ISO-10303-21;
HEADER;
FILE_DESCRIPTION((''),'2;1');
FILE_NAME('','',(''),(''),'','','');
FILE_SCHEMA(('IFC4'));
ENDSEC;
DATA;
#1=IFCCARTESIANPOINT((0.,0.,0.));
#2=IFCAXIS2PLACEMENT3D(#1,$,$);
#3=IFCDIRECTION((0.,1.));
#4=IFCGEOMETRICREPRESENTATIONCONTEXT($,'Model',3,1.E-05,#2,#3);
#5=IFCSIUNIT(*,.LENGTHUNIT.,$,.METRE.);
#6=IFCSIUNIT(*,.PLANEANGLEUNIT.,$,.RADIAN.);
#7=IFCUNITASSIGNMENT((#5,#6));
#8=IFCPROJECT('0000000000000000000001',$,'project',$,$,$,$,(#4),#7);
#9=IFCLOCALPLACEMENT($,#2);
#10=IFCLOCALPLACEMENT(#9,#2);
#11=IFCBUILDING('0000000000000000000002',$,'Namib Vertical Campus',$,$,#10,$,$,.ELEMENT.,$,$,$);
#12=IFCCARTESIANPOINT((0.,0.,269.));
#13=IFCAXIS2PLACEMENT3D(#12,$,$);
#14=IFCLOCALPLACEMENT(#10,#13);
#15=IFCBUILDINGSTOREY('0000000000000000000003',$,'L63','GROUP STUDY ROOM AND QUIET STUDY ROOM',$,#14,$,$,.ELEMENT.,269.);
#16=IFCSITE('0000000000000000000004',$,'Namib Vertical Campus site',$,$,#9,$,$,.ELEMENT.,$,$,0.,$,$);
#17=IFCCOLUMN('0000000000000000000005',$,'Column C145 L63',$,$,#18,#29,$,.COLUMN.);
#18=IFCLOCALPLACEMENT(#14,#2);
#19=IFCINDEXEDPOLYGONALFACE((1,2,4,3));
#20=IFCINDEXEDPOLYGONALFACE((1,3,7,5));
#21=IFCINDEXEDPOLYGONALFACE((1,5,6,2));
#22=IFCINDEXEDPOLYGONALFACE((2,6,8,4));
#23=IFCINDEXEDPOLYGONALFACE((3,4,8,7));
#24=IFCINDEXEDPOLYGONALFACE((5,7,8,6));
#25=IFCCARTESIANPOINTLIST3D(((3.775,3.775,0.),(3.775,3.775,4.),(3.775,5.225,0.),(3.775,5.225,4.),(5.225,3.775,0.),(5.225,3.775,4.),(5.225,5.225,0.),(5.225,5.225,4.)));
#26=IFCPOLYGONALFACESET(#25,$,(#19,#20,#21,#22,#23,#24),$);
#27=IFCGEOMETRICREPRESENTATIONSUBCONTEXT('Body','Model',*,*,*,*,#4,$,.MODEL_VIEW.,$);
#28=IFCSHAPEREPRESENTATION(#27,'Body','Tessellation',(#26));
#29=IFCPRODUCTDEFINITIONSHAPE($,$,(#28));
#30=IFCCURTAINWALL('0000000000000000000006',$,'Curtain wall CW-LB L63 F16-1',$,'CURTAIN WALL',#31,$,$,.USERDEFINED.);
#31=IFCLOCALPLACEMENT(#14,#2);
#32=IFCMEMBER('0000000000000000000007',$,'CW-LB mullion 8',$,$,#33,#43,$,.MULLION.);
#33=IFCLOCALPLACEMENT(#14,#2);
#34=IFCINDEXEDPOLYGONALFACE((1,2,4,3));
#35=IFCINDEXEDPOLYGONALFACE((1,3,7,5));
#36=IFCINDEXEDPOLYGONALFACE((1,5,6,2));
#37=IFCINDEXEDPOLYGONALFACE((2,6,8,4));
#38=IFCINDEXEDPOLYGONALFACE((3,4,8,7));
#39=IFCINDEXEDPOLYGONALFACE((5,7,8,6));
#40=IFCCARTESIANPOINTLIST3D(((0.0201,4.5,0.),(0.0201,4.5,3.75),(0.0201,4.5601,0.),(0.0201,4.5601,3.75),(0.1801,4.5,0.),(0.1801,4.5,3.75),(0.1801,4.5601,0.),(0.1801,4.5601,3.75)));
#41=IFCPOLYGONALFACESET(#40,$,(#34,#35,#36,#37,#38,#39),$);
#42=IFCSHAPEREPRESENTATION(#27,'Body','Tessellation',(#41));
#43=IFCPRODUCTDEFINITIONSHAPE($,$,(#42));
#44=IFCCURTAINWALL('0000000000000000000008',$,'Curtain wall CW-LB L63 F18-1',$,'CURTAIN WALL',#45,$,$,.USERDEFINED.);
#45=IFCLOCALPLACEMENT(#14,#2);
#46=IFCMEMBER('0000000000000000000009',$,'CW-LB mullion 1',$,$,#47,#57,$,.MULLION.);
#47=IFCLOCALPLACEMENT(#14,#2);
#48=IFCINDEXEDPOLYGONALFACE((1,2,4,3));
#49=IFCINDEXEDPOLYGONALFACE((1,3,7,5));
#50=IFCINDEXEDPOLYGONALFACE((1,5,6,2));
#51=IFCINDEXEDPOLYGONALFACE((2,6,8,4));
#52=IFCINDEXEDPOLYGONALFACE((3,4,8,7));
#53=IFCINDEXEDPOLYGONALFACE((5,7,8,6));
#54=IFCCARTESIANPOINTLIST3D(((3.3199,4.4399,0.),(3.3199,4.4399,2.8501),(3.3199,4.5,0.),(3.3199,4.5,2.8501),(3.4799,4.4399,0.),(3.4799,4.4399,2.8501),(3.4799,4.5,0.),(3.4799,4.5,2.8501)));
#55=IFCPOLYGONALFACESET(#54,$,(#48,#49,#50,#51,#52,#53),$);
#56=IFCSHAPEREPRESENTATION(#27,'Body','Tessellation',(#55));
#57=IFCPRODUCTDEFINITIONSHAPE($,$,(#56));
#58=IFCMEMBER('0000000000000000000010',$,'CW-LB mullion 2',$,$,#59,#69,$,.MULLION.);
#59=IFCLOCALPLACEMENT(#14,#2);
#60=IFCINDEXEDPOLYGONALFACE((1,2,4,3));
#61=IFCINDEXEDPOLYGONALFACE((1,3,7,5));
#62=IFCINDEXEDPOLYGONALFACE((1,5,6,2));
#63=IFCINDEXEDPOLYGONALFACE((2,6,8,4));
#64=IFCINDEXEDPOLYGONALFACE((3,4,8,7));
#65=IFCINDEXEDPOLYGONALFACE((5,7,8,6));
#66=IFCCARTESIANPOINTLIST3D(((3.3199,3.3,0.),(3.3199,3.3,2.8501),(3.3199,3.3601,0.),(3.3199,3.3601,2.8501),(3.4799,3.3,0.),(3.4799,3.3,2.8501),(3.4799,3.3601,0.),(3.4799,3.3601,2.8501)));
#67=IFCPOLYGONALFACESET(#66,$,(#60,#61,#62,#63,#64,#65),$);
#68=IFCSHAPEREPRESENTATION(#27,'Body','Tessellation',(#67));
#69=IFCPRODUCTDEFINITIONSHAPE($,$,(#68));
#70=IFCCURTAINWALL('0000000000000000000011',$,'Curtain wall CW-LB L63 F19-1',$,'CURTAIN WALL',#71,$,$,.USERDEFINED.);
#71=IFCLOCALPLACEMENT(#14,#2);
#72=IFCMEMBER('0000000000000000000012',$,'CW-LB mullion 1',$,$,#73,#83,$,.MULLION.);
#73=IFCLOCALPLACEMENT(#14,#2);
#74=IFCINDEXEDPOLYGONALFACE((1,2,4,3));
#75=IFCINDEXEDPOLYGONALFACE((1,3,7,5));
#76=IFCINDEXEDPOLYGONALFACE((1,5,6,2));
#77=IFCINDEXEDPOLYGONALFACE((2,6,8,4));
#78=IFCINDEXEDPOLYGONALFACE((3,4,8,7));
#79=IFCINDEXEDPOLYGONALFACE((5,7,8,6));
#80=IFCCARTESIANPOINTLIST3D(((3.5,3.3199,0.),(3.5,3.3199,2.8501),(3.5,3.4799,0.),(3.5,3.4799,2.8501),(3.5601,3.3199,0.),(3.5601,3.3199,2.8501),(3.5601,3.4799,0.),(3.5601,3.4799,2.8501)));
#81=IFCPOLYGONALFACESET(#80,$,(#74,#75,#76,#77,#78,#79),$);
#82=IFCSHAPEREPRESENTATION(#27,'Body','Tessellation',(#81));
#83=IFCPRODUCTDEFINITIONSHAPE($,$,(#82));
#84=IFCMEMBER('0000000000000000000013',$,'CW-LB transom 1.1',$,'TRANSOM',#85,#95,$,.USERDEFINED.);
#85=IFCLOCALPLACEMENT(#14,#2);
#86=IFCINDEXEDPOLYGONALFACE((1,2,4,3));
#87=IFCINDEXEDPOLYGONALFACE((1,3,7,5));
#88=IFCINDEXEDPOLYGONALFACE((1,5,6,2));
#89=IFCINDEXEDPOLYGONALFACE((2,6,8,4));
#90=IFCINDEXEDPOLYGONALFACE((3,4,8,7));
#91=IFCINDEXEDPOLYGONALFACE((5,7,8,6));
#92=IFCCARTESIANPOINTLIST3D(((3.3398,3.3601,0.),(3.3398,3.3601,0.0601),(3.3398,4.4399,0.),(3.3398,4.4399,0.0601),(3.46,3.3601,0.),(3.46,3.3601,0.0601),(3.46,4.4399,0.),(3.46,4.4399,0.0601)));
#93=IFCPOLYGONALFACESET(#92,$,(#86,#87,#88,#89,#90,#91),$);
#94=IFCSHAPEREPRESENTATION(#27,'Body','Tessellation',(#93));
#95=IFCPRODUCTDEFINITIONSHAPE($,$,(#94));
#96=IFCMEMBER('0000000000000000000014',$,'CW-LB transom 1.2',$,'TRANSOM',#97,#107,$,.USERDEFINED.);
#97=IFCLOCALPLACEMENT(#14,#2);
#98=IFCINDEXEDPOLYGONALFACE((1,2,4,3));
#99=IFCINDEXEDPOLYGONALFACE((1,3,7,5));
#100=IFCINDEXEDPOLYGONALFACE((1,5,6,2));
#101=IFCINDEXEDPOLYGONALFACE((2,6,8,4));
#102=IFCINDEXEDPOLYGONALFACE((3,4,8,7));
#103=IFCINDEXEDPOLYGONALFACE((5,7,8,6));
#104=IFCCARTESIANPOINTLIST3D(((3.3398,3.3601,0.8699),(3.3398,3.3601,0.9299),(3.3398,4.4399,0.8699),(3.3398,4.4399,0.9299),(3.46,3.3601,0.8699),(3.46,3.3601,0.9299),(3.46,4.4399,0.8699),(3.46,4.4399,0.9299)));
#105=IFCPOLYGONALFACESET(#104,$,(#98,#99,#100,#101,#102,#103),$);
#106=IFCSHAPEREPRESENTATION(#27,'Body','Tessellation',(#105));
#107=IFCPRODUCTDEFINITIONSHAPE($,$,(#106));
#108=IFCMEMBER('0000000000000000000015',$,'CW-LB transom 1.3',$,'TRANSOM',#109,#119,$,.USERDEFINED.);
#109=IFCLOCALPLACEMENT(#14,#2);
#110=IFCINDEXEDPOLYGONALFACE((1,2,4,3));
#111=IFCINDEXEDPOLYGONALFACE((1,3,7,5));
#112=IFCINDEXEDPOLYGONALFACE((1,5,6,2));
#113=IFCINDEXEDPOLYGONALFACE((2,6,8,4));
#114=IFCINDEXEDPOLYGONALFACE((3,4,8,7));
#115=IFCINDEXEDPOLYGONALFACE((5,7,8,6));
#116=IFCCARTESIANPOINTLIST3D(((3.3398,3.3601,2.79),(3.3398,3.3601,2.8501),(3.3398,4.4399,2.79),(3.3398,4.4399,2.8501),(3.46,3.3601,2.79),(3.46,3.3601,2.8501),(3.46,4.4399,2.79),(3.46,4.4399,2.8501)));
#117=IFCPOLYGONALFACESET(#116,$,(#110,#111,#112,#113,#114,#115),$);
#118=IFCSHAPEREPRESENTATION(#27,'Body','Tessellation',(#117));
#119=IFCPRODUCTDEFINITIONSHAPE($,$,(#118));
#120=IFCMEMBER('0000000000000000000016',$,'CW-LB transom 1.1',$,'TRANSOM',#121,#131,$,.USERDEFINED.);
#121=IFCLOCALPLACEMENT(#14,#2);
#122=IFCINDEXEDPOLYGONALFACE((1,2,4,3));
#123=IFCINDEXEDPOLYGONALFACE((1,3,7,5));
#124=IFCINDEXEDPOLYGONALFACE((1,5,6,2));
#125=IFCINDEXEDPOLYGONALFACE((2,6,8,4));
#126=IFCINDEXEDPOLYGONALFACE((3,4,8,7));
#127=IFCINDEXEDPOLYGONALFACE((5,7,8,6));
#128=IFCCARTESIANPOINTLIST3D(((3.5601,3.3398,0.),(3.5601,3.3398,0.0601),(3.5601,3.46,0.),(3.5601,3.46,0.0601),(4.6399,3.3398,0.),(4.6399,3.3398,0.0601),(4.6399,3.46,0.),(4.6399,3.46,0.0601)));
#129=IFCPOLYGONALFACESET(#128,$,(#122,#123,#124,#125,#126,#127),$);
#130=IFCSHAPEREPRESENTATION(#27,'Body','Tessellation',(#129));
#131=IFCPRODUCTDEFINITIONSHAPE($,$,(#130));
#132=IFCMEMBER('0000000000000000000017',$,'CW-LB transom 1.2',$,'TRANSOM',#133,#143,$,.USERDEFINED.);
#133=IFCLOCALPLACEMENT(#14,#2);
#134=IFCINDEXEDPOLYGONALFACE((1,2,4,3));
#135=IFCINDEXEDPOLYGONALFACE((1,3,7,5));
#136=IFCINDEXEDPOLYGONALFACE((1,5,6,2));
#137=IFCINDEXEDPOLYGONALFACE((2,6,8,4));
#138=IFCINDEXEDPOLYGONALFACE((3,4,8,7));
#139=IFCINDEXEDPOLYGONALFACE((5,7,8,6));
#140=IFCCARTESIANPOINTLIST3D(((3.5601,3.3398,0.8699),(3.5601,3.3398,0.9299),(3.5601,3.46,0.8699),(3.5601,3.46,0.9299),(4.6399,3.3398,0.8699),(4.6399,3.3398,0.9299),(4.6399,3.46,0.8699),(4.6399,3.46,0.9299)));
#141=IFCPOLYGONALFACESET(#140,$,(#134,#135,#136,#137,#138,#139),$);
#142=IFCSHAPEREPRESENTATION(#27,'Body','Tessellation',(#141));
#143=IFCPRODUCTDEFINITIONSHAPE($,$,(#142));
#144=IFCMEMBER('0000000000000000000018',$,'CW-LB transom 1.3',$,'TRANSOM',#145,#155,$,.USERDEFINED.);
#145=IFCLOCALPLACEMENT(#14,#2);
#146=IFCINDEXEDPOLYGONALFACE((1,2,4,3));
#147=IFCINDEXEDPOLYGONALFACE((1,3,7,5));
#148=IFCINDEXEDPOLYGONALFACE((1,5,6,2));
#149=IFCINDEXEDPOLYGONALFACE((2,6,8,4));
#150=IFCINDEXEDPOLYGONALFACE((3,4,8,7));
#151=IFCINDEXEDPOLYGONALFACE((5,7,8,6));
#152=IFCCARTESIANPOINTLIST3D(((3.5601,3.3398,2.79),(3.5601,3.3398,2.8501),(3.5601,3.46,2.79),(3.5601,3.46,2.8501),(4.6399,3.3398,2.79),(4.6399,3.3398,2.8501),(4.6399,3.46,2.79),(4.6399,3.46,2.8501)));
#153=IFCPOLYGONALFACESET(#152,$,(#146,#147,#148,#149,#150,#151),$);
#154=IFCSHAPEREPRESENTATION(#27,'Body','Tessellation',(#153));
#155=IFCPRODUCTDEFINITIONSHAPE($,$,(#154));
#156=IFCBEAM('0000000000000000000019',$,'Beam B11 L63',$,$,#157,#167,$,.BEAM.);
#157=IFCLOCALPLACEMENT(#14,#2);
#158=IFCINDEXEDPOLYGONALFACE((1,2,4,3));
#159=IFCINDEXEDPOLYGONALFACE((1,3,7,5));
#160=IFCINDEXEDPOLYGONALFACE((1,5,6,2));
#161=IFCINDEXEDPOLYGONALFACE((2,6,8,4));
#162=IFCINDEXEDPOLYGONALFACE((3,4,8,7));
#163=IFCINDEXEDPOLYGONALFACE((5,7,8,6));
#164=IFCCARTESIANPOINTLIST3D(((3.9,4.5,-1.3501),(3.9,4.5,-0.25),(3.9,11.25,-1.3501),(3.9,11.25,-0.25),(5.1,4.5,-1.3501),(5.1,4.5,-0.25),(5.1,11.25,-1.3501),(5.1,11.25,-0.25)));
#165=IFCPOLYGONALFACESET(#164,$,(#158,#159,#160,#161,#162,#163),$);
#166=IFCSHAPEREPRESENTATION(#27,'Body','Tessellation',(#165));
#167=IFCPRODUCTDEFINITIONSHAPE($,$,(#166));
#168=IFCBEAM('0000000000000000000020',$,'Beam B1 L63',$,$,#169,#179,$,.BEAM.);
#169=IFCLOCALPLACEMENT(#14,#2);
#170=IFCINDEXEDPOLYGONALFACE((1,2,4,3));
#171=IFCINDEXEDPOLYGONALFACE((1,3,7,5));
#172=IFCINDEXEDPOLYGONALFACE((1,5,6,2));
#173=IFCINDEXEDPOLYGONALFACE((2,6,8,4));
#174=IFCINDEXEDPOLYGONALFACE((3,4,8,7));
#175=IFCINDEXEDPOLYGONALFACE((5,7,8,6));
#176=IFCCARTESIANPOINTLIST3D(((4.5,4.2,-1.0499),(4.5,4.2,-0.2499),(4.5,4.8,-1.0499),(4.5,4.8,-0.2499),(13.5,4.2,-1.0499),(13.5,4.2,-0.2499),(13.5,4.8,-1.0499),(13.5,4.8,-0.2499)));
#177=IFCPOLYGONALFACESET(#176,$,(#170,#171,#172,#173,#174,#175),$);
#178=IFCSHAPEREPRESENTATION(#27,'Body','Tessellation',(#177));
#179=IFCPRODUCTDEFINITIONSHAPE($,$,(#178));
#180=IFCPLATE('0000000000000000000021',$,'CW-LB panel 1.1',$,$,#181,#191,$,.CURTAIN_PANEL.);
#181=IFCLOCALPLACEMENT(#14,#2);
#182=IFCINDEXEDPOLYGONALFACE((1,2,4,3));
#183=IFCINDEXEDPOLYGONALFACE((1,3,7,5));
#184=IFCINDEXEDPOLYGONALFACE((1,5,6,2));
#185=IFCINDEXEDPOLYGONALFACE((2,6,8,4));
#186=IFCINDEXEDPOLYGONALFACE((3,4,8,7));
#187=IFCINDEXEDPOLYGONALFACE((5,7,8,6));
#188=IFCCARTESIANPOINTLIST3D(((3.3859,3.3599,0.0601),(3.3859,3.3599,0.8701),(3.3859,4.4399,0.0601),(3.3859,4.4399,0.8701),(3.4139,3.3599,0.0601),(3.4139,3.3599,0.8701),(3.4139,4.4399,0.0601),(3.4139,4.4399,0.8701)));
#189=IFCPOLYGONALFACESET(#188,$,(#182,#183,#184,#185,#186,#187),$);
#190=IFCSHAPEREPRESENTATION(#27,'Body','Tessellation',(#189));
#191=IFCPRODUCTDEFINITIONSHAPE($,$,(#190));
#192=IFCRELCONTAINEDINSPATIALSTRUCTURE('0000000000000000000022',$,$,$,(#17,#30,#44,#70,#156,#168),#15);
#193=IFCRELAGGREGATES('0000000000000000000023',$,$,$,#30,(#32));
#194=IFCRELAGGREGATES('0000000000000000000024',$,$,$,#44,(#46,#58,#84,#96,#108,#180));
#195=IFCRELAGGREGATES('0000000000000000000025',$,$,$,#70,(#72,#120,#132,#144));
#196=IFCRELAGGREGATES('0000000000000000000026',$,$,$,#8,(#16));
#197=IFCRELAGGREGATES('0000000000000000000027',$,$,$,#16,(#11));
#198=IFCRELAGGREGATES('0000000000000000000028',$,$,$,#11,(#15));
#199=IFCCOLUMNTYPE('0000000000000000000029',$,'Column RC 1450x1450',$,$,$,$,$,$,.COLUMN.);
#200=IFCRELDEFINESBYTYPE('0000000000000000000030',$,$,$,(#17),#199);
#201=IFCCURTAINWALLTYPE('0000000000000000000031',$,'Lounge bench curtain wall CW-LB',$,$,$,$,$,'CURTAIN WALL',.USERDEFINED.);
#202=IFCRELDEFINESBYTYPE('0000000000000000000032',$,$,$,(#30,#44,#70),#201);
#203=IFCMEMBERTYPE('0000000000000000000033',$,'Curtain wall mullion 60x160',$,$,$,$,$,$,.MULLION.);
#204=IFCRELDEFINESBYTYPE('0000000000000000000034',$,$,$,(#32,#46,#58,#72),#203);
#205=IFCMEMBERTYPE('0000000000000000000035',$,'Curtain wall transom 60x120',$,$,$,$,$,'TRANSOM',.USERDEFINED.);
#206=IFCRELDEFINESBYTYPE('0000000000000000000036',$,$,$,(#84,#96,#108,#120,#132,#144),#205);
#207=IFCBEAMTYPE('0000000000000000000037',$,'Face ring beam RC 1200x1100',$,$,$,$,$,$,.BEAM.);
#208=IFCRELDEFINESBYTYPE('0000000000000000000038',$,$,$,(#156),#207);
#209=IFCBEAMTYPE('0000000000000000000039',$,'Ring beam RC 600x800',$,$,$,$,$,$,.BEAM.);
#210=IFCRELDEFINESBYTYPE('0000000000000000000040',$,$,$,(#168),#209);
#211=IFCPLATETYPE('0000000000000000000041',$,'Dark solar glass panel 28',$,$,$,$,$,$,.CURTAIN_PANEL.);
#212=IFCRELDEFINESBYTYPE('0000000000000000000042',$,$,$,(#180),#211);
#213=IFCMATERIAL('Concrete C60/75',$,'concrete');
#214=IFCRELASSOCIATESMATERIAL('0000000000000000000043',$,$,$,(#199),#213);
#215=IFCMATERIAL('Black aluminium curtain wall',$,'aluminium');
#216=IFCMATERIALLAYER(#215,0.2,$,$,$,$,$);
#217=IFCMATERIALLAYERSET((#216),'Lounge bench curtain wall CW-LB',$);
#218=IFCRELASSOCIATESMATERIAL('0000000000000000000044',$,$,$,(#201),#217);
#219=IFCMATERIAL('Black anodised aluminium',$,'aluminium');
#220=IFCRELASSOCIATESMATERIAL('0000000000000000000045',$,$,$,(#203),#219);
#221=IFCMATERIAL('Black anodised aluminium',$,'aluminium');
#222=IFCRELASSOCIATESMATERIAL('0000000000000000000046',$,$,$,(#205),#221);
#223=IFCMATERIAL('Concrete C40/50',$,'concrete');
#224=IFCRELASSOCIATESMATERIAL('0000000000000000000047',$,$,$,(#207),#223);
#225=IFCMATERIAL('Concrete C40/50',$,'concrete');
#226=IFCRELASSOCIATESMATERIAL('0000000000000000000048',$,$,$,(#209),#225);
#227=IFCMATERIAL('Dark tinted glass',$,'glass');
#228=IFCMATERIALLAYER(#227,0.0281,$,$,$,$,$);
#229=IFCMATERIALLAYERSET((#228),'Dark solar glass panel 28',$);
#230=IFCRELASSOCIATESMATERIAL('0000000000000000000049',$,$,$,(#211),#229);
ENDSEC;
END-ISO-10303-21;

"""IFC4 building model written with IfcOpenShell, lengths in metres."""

from ifc_helpers import new_model, si_unit, direction, frame, origin, origin_2d, place, context, subcontext, project, spatial, rectangle, extrude, material, layer, layer_set, material_profile, profile_set, type_object, element, aggregate, save


model = new_model("IFC4")

# Units and contexts
model_context = context("Model", 3, precision=1e-05, world=origin(), true_north=direction((0.0, 1.0)))
body_context = subcontext(model_context, "Body", "Model", "MODEL_VIEW")
ifc_project = project(units=[si_unit("LENGTHUNIT", "METRE"), si_unit("PLANEANGLEUNIT", "RADIAN")], contexts=[model_context])

# Site, building, storey
site_placement = place(None, origin())
site = spatial("IfcSite", under=ifc_project, at=site_placement, Name="Namib Vertical Campus site", CompositionType="ELEMENT", RefElevation=0.0)
building_placement = place(site_placement, origin())
building = spatial("IfcBuilding", under=site, at=building_placement, Name="Namib Vertical Campus", CompositionType="ELEMENT")
storey_placement = place(building_placement, frame((0.0, 0.0, 269.0)))
storey = spatial("IfcBuildingStorey", under=building, at=storey_placement, Name="L63", Description="GROUP STUDY ROOM AND QUIET STUDY ROOM", CompositionType="ELEMENT", Elevation=269.0)

# Column
ifc_material_1 = material(Name="Concrete C60/75", Category="concrete")
ifc_material_profile_1 = material_profile(ifc_material_1, rectangle(XDim=1.45, YDim=1.45, at=origin_2d()))
ifc_profile_set_1 = profile_set([ifc_material_profile_1], Name="Concrete C60/75")
column_type = type_object("IfcColumnType", Name="Column RC 1450x1450", PredefinedType="COLUMN", material=ifc_profile_set_1)
column_placement = place(storey_placement, frame((4.5, 4.5, 0.0), z_axis=(0.0, 0.0, 1.0), x_axis=(1.0, 0.0, 0.0)))
element("IfcColumn", 1, at=column_placement, inside=storey, type_object=column_type, Name="Column C145 L63", PredefinedType="COLUMN", context=body_context, shape_type="SweptSolid", body=[
    extrude(rectangle(XDim=1.45, YDim=1.45, at=origin_2d()), origin(), (0.0, 0.0, 1.0), 4.0),
])

# Curtain wall, member
ifc_material_2 = material(Name="Black aluminium curtain wall", Category="aluminium")
ifc_layer_1 = layer(ifc_material_2, 0.2)
ifc_layer_set_1 = layer_set([ifc_layer_1], Name="Lounge bench curtain wall CW-LB")
curtain_wall_type = type_object("IfcCurtainWallType", Name="Lounge bench curtain wall CW-LB", ElementType="CURTAIN WALL", PredefinedType="USERDEFINED", material=ifc_layer_set_1)
curtain_wall_1_placement = place(storey_placement, origin())
curtain_wall_1 = element("IfcCurtainWall", 2, at=curtain_wall_1_placement, inside=storey, type_object=curtain_wall_type, Name="Curtain wall CW-LB L63 F16-1", ObjectType="CURTAIN WALL", PredefinedType="USERDEFINED")
ifc_material_3 = material(Name="Black anodised aluminium", Category="aluminium")
ifc_material_profile_2 = material_profile(ifc_material_3, rectangle(XDim=0.0601, YDim=0.1599, at=origin_2d()))
ifc_profile_set_2 = profile_set([ifc_material_profile_2], Name="Black anodised aluminium")
member_type_1 = type_object("IfcMemberType", Name="Curtain wall mullion 60x160", PredefinedType="MULLION", material=ifc_profile_set_2)
member_1_placement = place(storey_placement, frame((0.1001, 4.53, 0.0), z_axis=(0.0, 0.0, 1.0), x_axis=(0.0, -1.0, 0.0)))
member_1 = element("IfcMember", 3, at=member_1_placement, type_object=member_type_1, Name="CW-LB mullion 8", PredefinedType="MULLION", context=body_context, shape_type="SweptSolid", body=[
    extrude(rectangle(XDim=0.0601, YDim=0.1599, at=origin_2d()), origin(), (0.0, 0.0, 1.0), 3.75),
])
aggregate(curtain_wall_1, [member_1])

# Curtain wall, members
curtain_wall_2_placement = place(storey_placement, origin())
curtain_wall_2 = element("IfcCurtainWall", 4, at=curtain_wall_2_placement, inside=storey, type_object=curtain_wall_type, Name="Curtain wall CW-LB L63 F18-1", ObjectType="CURTAIN WALL", PredefinedType="USERDEFINED")
member_2_placement = place(storey_placement, frame((3.3999, 4.47, 0.0), z_axis=(0.0, 0.0, 1.0), x_axis=(0.0, -1.0, 0.0)))
member_2 = element("IfcMember", 5, at=member_2_placement, type_object=member_type_1, Name="CW-LB mullion 1", PredefinedType="MULLION", context=body_context, shape_type="SweptSolid", body=[
    extrude(rectangle(XDim=0.0601, YDim=0.1599, at=origin_2d()), origin(), (0.0, 0.0, 1.0), 2.8501),
])
member_3_placement = place(storey_placement, frame((3.3999, 3.3301, 0.0), z_axis=(0.0, 0.0, 1.0), x_axis=(0.0, -1.0, 0.0)))
member_3 = element("IfcMember", 6, at=member_3_placement, type_object=member_type_1, Name="CW-LB mullion 2", PredefinedType="MULLION", context=body_context, shape_type="SweptSolid", body=[
    extrude(rectangle(XDim=0.0601, YDim=0.1599, at=origin_2d()), origin(), (0.0, 0.0, 1.0), 2.8501),
])

# Curtain wall, member
curtain_wall_3_placement = place(storey_placement, origin())
curtain_wall_3 = element("IfcCurtainWall", 7, at=curtain_wall_3_placement, inside=storey, type_object=curtain_wall_type, Name="Curtain wall CW-LB L63 F19-1", ObjectType="CURTAIN WALL", PredefinedType="USERDEFINED")
member_4_placement = place(storey_placement, frame((3.53, 3.3999, 0.0), z_axis=(0.0, 0.0, 1.0), x_axis=(1.0, 0.0, 0.0)))
member_4 = element("IfcMember", 8, at=member_4_placement, type_object=member_type_1, Name="CW-LB mullion 1", PredefinedType="MULLION", context=body_context, shape_type="SweptSolid", body=[
    extrude(rectangle(XDim=0.0601, YDim=0.1599, at=origin_2d()), origin(), (0.0, 0.0, 1.0), 2.8501),
])

# Members
ifc_material_4 = material(Name="Black anodised aluminium", Category="aluminium")
ifc_material_profile_3 = material_profile(ifc_material_4, rectangle(XDim=0.0601, YDim=0.1201, at=origin_2d()))
ifc_profile_set_3 = profile_set([ifc_material_profile_3], Name="Black anodised aluminium")
member_type_2 = type_object("IfcMemberType", Name="Curtain wall transom 60x120", ElementType="TRANSOM", PredefinedType="USERDEFINED", material=ifc_profile_set_3)
member_5_placement = place(storey_placement, frame((3.3999, 4.4399, 0.03), z_axis=(0.0, -1.0, 0.0), x_axis=(0.0, 0.0, 1.0)))
member_5 = element("IfcMember", 9, at=member_5_placement, type_object=member_type_2, Name="CW-LB transom 1.1", ObjectType="TRANSOM", PredefinedType="USERDEFINED", context=body_context, shape_type="SweptSolid", body=[
    extrude(rectangle(XDim=0.0601, YDim=0.1201, at=origin_2d()), origin(), (0.0, 0.0, 1.0), 1.0798),
])
member_6_placement = place(storey_placement, frame((3.3999, 4.4399, 0.8999), z_axis=(0.0, -1.0, 0.0), x_axis=(0.0, 0.0, 1.0)))
member_6 = element("IfcMember", 10, at=member_6_placement, type_object=member_type_2, Name="CW-LB transom 1.2", ObjectType="TRANSOM", PredefinedType="USERDEFINED", context=body_context, shape_type="SweptSolid", body=[
    extrude(rectangle(XDim=0.0601, YDim=0.1201, at=origin_2d()), origin(), (0.0, 0.0, 1.0), 1.0798),
])
member_7_placement = place(storey_placement, frame((3.3999, 4.4399, 2.8201), z_axis=(0.0, -1.0, 0.0), x_axis=(0.0, 0.0, 1.0)))
member_7 = element("IfcMember", 11, at=member_7_placement, type_object=member_type_2, Name="CW-LB transom 1.3", ObjectType="TRANSOM", PredefinedType="USERDEFINED", context=body_context, shape_type="SweptSolid", body=[
    extrude(rectangle(XDim=0.0601, YDim=0.1201, at=origin_2d()), origin(), (0.0, 0.0, 1.0), 1.0798),
])
member_8_placement = place(storey_placement, frame((3.5601, 3.3999, 0.03), z_axis=(1.0, 0.0, 0.0), x_axis=(0.0, 0.0, 1.0)))
member_8 = element("IfcMember", 12, at=member_8_placement, type_object=member_type_2, Name="CW-LB transom 1.1", ObjectType="TRANSOM", PredefinedType="USERDEFINED", context=body_context, shape_type="SweptSolid", body=[
    extrude(rectangle(XDim=0.0601, YDim=0.1201, at=origin_2d()), origin(), (0.0, 0.0, 1.0), 1.0798),
])
member_9_placement = place(storey_placement, frame((3.5601, 3.3999, 0.8999), z_axis=(1.0, 0.0, 0.0), x_axis=(0.0, 0.0, 1.0)))
member_9 = element("IfcMember", 13, at=member_9_placement, type_object=member_type_2, Name="CW-LB transom 1.2", ObjectType="TRANSOM", PredefinedType="USERDEFINED", context=body_context, shape_type="SweptSolid", body=[
    extrude(rectangle(XDim=0.0601, YDim=0.1201, at=origin_2d()), origin(), (0.0, 0.0, 1.0), 1.0798),
])
member_10_placement = place(storey_placement, frame((3.5601, 3.3999, 2.8201), z_axis=(1.0, 0.0, 0.0), x_axis=(0.0, 0.0, 1.0)))
member_10 = element("IfcMember", 14, at=member_10_placement, type_object=member_type_2, Name="CW-LB transom 1.3", ObjectType="TRANSOM", PredefinedType="USERDEFINED", context=body_context, shape_type="SweptSolid", body=[
    extrude(rectangle(XDim=0.0601, YDim=0.1201, at=origin_2d()), origin(), (0.0, 0.0, 1.0), 1.0798),
])

# Beams
ifc_material_5 = material(Name="Concrete C40/50", Category="concrete")
ifc_material_profile_4 = material_profile(ifc_material_5, rectangle(XDim=1.2, YDim=1.1001, at=origin_2d()))
ifc_profile_set_4 = profile_set([ifc_material_profile_4], Name="Concrete C40/50")
beam_type_1 = type_object("IfcBeamType", Name="Face ring beam RC 1200x1100", PredefinedType="BEAM", material=ifc_profile_set_4)
beam_1_placement = place(storey_placement, frame((4.5, 4.5, -0.8), z_axis=(0.0, 1.0, 0.0), x_axis=(-1.0, 0.0, 0.0)))
element("IfcBeam", 15, at=beam_1_placement, inside=storey, type_object=beam_type_1, Name="Beam B11 L63", PredefinedType="BEAM", context=body_context, shape_type="SweptSolid", body=[
    extrude(rectangle(XDim=1.2, YDim=1.1001, at=origin_2d()), origin(), (0.0, 0.0, 1.0), 6.75),
])
ifc_material_6 = material(Name="Concrete C40/50", Category="concrete")
ifc_material_profile_5 = material_profile(ifc_material_6, rectangle(XDim=0.6001, YDim=0.8, at=origin_2d()))
ifc_profile_set_5 = profile_set([ifc_material_profile_5], Name="Concrete C40/50")
beam_type_2 = type_object("IfcBeamType", Name="Ring beam RC 600x800", PredefinedType="BEAM", material=ifc_profile_set_5)
beam_2_placement = place(storey_placement, frame((4.5, 4.5, -0.6499), z_axis=(1.0, 0.0, 0.0), x_axis=(0.0, 1.0, 0.0)))
element("IfcBeam", 16, at=beam_2_placement, inside=storey, type_object=beam_type_2, Name="Beam B1 L63", PredefinedType="BEAM", context=body_context, shape_type="SweptSolid", body=[
    extrude(rectangle(XDim=0.6001, YDim=0.8, at=origin_2d()), origin(), (0.0, 0.0, 1.0), 9.0),
])

# Plate
ifc_material_7 = material(Name="Dark tinted glass", Category="glass")
ifc_layer_2 = layer(ifc_material_7, 0.0281)
ifc_layer_set_2 = layer_set([ifc_layer_2], Name="Dark solar glass panel 28")
plate_type = type_object("IfcPlateType", Name="Dark solar glass panel 28", PredefinedType="CURTAIN_PANEL", material=ifc_layer_set_2)
plate_1_placement = place(storey_placement, frame((3.3999, 3.8999, 0.0601), z_axis=(0.0, 0.0, 1.0), x_axis=(0.0, -1.0, 0.0)))
plate_1 = element("IfcPlate", 17, at=plate_1_placement, type_object=plate_type, Name="CW-LB panel 1.1", PredefinedType="CURTAIN_PANEL", context=body_context, shape_type="SweptSolid", body=[
    extrude(rectangle(XDim=1.0801, YDim=0.0281, at=origin_2d()), origin(), (0.0, 0.0, 1.0), 0.8101),
])
aggregate(curtain_wall_2, [member_2, member_3, member_5, member_6, member_7, plate_1])
aggregate(curtain_wall_3, [member_4, member_8, member_9, member_10])

save(model, "model.ifc")
